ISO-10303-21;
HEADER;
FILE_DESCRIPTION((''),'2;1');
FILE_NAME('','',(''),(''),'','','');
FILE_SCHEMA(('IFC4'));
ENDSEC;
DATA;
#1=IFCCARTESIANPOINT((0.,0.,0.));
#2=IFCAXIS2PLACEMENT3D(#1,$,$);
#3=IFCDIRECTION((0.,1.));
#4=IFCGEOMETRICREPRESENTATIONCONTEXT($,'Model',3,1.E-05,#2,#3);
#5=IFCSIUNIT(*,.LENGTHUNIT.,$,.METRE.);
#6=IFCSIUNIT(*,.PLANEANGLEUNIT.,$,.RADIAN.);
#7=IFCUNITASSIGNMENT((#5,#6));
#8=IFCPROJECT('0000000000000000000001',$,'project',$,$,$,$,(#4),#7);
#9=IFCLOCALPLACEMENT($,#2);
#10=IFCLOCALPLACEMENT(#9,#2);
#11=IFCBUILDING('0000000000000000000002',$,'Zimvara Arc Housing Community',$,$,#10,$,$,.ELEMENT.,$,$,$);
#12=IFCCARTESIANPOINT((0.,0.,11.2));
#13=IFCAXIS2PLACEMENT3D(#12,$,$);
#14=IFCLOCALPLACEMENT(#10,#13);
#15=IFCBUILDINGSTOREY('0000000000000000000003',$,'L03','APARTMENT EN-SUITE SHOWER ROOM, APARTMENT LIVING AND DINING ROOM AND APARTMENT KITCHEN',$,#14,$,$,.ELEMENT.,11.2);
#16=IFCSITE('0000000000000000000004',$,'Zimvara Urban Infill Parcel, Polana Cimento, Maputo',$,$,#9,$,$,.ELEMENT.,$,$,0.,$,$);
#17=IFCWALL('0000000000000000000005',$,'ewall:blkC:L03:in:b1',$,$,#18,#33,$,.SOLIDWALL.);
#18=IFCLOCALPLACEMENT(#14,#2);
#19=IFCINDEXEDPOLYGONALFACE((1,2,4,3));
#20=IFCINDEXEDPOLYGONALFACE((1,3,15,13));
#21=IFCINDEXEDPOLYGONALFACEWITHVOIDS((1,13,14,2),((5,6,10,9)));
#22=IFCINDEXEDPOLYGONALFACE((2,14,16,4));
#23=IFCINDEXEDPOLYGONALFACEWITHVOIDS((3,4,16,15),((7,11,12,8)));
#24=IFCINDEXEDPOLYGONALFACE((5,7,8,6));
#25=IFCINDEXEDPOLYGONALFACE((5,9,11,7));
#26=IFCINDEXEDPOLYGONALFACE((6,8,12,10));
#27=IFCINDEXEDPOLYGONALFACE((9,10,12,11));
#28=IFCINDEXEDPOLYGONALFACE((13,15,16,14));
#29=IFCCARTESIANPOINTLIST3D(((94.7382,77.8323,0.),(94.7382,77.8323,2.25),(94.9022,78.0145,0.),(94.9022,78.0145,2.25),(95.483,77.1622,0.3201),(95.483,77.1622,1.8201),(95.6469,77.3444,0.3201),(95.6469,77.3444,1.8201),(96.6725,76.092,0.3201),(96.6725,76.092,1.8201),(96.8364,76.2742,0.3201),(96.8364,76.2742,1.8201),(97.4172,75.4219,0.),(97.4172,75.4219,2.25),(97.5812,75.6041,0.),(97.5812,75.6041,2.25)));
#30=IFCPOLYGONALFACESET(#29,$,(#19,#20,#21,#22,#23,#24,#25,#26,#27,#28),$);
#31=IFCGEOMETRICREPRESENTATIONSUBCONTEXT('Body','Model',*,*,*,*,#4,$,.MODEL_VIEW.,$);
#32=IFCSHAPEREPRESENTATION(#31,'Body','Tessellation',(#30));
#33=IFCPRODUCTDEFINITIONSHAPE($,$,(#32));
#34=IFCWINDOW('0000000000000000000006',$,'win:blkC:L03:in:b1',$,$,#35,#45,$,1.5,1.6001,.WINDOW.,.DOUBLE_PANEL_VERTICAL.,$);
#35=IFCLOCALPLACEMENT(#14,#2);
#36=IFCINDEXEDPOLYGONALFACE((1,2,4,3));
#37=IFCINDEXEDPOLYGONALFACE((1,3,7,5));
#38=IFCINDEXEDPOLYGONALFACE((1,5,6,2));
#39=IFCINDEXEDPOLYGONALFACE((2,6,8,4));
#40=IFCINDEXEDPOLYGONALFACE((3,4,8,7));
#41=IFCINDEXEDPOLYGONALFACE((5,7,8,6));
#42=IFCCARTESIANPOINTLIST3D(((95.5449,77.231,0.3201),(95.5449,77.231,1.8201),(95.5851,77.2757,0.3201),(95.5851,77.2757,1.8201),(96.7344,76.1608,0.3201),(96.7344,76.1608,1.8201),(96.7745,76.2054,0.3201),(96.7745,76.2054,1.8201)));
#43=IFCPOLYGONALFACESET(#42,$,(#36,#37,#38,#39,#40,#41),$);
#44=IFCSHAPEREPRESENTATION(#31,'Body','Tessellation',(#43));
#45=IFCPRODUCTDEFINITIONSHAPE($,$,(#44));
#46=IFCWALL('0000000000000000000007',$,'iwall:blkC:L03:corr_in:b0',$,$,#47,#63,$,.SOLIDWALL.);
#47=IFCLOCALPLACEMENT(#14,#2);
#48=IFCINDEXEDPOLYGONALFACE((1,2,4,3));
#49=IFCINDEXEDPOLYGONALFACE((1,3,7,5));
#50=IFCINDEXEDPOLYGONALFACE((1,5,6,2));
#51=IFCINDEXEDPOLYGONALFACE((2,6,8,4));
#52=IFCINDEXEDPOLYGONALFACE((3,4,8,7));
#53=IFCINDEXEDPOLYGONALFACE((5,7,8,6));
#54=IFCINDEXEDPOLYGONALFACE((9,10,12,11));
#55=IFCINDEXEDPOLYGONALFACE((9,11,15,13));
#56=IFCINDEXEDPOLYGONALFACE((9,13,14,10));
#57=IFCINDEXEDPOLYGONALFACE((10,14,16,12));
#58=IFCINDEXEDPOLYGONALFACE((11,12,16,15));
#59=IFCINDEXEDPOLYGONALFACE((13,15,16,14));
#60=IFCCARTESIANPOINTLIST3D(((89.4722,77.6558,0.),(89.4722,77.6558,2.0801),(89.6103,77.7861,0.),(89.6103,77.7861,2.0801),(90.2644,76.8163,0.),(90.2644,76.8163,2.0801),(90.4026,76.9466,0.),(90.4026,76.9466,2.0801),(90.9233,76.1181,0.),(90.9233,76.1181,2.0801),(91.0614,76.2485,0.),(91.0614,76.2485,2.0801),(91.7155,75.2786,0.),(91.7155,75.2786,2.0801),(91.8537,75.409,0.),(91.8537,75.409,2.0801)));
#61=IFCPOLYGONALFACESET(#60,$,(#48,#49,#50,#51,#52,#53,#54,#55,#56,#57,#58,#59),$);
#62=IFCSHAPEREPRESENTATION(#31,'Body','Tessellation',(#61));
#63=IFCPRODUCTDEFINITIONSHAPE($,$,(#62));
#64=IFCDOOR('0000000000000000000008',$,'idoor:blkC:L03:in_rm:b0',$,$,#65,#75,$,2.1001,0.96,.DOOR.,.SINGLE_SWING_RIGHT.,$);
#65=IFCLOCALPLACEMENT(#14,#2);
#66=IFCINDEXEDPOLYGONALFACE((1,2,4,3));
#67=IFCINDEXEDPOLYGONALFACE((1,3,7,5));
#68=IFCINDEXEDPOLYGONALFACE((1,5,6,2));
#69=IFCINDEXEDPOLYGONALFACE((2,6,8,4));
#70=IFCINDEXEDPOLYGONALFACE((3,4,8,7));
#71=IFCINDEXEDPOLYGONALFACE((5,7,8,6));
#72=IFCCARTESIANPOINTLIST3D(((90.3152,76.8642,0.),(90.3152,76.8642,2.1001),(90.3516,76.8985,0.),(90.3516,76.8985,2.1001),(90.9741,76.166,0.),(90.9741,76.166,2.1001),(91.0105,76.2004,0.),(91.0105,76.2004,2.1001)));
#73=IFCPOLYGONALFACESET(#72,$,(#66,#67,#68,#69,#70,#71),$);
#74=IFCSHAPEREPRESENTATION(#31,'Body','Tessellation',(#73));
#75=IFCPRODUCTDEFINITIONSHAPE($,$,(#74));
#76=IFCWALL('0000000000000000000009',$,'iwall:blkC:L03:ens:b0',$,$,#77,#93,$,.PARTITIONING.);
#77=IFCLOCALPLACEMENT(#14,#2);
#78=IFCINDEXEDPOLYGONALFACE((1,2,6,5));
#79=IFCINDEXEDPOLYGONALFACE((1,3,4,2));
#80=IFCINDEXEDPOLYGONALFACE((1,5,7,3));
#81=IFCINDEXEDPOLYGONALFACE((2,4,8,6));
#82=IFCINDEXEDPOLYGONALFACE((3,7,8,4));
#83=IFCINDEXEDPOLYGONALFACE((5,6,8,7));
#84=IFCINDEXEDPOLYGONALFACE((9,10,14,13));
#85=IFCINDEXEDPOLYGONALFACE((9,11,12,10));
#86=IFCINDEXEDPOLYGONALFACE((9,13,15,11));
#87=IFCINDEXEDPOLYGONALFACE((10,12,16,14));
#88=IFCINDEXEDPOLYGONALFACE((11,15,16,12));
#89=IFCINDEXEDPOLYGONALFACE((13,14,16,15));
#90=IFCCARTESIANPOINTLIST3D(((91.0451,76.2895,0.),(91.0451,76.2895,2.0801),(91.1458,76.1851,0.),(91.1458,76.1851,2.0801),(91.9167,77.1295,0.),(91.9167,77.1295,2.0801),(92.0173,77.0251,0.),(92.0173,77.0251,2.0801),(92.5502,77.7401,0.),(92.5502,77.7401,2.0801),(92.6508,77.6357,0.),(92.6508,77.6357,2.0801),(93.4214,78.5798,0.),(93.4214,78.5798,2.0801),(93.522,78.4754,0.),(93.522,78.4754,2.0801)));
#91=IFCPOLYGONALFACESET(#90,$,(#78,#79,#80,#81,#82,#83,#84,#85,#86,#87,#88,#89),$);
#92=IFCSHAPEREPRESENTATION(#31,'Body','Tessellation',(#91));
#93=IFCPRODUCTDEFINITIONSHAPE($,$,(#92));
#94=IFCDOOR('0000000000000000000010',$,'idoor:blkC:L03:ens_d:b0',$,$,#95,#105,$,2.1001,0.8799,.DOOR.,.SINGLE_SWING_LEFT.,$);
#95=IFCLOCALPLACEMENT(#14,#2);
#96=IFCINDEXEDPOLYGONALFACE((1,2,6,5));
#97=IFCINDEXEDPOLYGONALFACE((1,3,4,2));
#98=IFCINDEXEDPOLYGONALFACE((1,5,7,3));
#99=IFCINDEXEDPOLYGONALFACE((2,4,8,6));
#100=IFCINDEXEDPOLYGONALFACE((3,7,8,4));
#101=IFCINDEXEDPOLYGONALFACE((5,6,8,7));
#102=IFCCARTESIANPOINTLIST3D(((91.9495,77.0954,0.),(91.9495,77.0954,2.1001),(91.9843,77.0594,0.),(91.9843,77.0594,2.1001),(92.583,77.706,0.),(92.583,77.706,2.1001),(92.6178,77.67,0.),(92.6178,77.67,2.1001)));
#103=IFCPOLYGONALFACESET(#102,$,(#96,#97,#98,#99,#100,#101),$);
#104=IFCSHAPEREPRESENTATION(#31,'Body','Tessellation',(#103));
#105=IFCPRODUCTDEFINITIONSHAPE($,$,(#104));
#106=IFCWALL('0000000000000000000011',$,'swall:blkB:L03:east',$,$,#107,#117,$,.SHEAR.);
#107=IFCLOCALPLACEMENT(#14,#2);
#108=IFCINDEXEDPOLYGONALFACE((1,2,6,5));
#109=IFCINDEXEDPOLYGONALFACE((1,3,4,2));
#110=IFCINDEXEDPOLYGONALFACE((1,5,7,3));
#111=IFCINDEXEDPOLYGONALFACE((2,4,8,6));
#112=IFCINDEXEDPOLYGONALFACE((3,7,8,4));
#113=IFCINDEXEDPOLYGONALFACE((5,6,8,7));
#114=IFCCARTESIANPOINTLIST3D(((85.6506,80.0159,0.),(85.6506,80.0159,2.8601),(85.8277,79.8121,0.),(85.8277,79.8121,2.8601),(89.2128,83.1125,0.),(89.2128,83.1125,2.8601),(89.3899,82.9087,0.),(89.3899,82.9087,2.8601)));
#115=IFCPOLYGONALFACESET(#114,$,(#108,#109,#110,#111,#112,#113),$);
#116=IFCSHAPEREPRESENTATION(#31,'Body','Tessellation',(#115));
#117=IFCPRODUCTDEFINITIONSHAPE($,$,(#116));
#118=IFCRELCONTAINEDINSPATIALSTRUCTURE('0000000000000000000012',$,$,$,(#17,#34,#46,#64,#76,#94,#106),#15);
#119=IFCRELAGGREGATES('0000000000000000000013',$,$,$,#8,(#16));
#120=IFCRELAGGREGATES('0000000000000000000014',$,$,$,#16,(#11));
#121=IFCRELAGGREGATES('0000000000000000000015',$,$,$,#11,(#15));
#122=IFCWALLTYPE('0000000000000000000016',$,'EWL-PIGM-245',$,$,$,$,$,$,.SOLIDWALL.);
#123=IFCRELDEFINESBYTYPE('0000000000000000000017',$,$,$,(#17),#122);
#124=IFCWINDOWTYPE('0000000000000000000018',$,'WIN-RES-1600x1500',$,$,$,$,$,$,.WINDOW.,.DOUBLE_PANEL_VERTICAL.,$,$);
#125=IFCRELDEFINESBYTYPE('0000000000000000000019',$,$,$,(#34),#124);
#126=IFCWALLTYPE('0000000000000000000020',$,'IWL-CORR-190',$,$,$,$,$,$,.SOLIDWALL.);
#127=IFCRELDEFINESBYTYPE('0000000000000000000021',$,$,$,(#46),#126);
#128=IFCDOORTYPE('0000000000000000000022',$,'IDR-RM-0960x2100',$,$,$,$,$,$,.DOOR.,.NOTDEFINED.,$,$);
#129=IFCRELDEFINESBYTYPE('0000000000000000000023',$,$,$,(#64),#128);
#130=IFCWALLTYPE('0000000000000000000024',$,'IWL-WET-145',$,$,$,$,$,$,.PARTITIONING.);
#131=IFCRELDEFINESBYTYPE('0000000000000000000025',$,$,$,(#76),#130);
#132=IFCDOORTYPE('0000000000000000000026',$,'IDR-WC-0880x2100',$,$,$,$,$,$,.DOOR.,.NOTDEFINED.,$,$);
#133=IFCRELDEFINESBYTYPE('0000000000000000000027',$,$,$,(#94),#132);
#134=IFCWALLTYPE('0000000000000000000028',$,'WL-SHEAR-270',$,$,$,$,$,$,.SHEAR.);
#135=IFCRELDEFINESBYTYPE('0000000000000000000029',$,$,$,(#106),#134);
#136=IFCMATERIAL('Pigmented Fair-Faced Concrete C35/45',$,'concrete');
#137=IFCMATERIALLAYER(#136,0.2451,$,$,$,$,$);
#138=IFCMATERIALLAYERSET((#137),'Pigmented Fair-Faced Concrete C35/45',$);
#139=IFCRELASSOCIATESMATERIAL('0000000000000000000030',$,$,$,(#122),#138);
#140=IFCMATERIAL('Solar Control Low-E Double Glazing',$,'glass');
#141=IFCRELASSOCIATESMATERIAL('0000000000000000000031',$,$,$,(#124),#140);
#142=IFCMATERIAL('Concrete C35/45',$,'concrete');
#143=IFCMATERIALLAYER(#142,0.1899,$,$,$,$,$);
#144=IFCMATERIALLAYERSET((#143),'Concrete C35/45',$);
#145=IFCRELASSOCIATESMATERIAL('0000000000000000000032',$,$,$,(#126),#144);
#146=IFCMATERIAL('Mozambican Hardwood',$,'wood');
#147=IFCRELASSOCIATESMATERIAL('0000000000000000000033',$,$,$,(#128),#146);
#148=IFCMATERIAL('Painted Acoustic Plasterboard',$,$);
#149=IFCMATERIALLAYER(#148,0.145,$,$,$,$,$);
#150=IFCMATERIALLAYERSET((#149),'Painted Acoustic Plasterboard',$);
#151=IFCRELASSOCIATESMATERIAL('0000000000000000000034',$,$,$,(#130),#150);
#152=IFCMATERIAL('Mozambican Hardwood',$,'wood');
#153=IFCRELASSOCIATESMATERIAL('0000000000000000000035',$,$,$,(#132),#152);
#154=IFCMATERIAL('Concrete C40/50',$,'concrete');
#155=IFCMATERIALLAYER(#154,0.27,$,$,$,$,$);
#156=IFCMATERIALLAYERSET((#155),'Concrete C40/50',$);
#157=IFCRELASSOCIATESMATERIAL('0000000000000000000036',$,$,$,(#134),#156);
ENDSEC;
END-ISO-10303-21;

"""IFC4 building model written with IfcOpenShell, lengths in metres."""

from ifc_helpers import new_model, si_unit, direction, frame, frame_2d, origin, place, context, subcontext, project, spatial, rectangle, extrude, material, layer, layer_set, type_object, element, fill, save


model = new_model("IFC4")

# Units and contexts
model_context = context("Model", 3, precision=1e-05, world=origin(), true_north=direction((0.0, 1.0)))
body_context = subcontext(model_context, "Body", "Model", "MODEL_VIEW")
ifc_project = project(units=[si_unit("LENGTHUNIT", "METRE"), si_unit("PLANEANGLEUNIT", "RADIAN")], contexts=[model_context])

# Site, building, storey
site_placement = place(None, origin())
site = spatial("IfcSite", under=ifc_project, at=site_placement, Name="Zimvara Urban Infill Parcel, Polana Cimento, Maputo", CompositionType="ELEMENT", RefElevation=0.0)
building_placement = place(site_placement, origin())
building = spatial("IfcBuilding", under=site, at=building_placement, Name="Zimvara Arc Housing Community", CompositionType="ELEMENT")
storey_placement = place(building_placement, frame((0.0, 0.0, 11.2)))
storey = spatial("IfcBuildingStorey", under=building, at=storey_placement, Name="L03", Description="APARTMENT EN-SUITE SHOWER ROOM, APARTMENT LIVING AND DINING ROOM AND APARTMENT KITCHEN", CompositionType="ELEMENT", Elevation=11.2)

# Wall, opening, window
ifc_material_1 = material(Name="Pigmented Fair-Faced Concrete C35/45", Category="concrete")
ifc_layer_1 = layer(ifc_material_1, 0.2451)
ifc_layer_set_1 = layer_set([ifc_layer_1], Name="Pigmented Fair-Faced Concrete C35/45")
wall_type_1 = type_object("IfcWallType", Name="EWL-PIGM-245", PredefinedType="SOLIDWALL", material=ifc_layer_set_1)
wall_1_placement = place(storey_placement, frame((94.8203, 77.9233, 0.0), z_axis=(0.0, 0.0, 1.0), x_axis=(0.743385, -0.668864, 0.0)))
wall_1 = element("IfcWall", 1, at=wall_1_placement, inside=storey, type_object=wall_type_1, Name="ewall:blkC:L03:in:b1", PredefinedType="SOLIDWALL", context=body_context, shape_type="SweptSolid", body=[
    extrude(rectangle(XDim=3.6038, YDim=0.2451, at=frame_2d((1.8018, 0.0))), origin(), (0.0, 0.0, 1.0), 2.25),
])
opening_1_placement = place(wall_1_placement, frame((1.0017, 0.0, 0.3201)))
opening_1 = element("IfcOpeningElement", 2, at=opening_1_placement, cuts=wall_1, PredefinedType="OPENING", context=body_context, shape_type="SweptSolid", body=[
    extrude(rectangle(XDim=1.6001, YDim=1.5, at=frame_2d((0.8, 0.75))), frame((0.0, 0.1326, 0.0), z_axis=(0.0, -1.0, 0.0), x_axis=(1.0, 0.0, 0.0)), (0.0, 0.0, 1.0), 0.2651),
])
ifc_material_2 = material(Name="Solar Control Low-E Double Glazing", Category="glass")
window_type_1 = type_object("IfcWindowType", Name="WIN-RES-1600x1500", PartitioningType="DOUBLE_PANEL_VERTICAL", PredefinedType="WINDOW", material=ifc_material_2)
window_1_placement = place(opening_1_placement, origin())
window_1 = element("IfcWindow", 3, at=window_1_placement, inside=storey, type_object=window_type_1, Name="win:blkC:L03:in:b1", OverallHeight=1.5, OverallWidth=1.6001, PartitioningType="DOUBLE_PANEL_VERTICAL", PredefinedType="WINDOW", context=body_context, shape_type="SweptSolid", body=[
    extrude(rectangle(XDim=1.6001, YDim=1.5, at=frame_2d((0.8, 0.75))), frame((0.0, 0.03, 0.0), z_axis=(0.0, -1.0, 0.0), x_axis=(1.0, 0.0, 0.0)), (0.0, 0.0, 1.0), 0.0601),
])
fill(opening_1, window_1)

# Walls, openings, doors
ifc_material_3 = material(Name="Concrete C35/45", Category="concrete")
ifc_layer_2 = layer(ifc_material_3, 0.1899)
ifc_layer_set_2 = layer_set([ifc_layer_2], Name="Concrete C35/45")
wall_type_2 = type_object("IfcWallType", Name="IWL-CORR-190", PredefinedType="SOLIDWALL", material=ifc_layer_set_2)
wall_2_placement = place(storey_placement, frame((89.5413, 77.7209, 0.0), z_axis=(0.0, 0.0, 1.0), x_axis=(0.686345, -0.727276, 0.0)))
wall_2 = element("IfcWall", 4, at=wall_2_placement, inside=storey, type_object=wall_type_2, Name="iwall:blkC:L03:corr_in:b0", PredefinedType="SOLIDWALL", context=body_context, shape_type="SweptSolid", body=[
    extrude(rectangle(XDim=3.2686, YDim=0.1899, at=frame_2d((1.6343, 0.0))), origin(), (0.0, 0.0, 1.0), 2.0801),
])
opening_2_placement = place(wall_2_placement, frame((1.1543, 0.0, 0.0)))
opening_2 = element("IfcOpeningElement", 5, at=opening_2_placement, cuts=wall_2, PredefinedType="OPENING", context=body_context, shape_type="SweptSolid", body=[
    extrude(rectangle(XDim=0.96, YDim=2.1001, at=frame_2d((0.48, 1.05))), frame((0.0, 0.105, 0.0), z_axis=(0.0, -1.0, 0.0), x_axis=(1.0, 0.0, 0.0)), (0.0, 0.0, 1.0), 0.21),
])
ifc_material_4 = material(Name="Mozambican Hardwood", Category="wood")
door_type_1 = type_object("IfcDoorType", Name="IDR-RM-0960x2100", OperationType="NOTDEFINED", PredefinedType="DOOR", material=ifc_material_4)
door_1_placement = place(opening_2_placement, origin())
door_1 = element("IfcDoor", 6, at=door_1_placement, inside=storey, type_object=door_type_1, Name="idoor:blkC:L03:in_rm:b0", OperationType="SINGLE_SWING_RIGHT", OverallHeight=2.1001, OverallWidth=0.96, PredefinedType="DOOR", context=body_context, shape_type="SweptSolid", body=[
    extrude(rectangle(XDim=0.96, YDim=2.1001, at=frame_2d((0.48, 1.05))), frame((0.0, 0.0249, 0.0), z_axis=(0.0, -1.0, 0.0), x_axis=(1.0, 0.0, 0.0)), (0.0, 0.0, 1.0), 0.05),
])
fill(opening_2, door_1)
ifc_material_5 = material(Name="Painted Acoustic Plasterboard")
ifc_layer_3 = layer(ifc_material_5, 0.145)
ifc_layer_set_3 = layer_set([ifc_layer_3], Name="Painted Acoustic Plasterboard")
wall_type_3 = type_object("IfcWallType", Name="IWL-WET-145", PredefinedType="PARTITIONING", material=ifc_layer_set_3)
wall_3_placement = place(storey_placement, frame((93.4717, 78.5276, 0.0), z_axis=(0.0, 0.0, 1.0), x_axis=(-0.720007, -0.693967, 0.0)))
wall_3 = element("IfcWall", 7, at=wall_3_placement, inside=storey, type_object=wall_type_3, Name="iwall:blkC:L03:ens:b0", PredefinedType="PARTITIONING", context=body_context, shape_type="SweptSolid", body=[
    extrude(rectangle(XDim=3.3003, YDim=0.145, at=frame_2d((1.6501, 0.0))), origin(), (0.0, 0.0, 1.0), 2.0801),
])
opening_3_placement = place(wall_3_placement, frame((1.21, 0.0, 0.0)))
opening_3 = element("IfcOpeningElement", 8, at=opening_3_placement, cuts=wall_3, PredefinedType="OPENING", context=body_context, shape_type="SweptSolid", body=[
    extrude(rectangle(XDim=0.8799, YDim=2.1001, at=frame_2d((0.4399, 1.05))), frame((0.0, 0.0825, 0.0), z_axis=(0.0, -1.0, 0.0), x_axis=(1.0, 0.0, 0.0)), (0.0, 0.0, 1.0), 0.165),
])
ifc_material_6 = material(Name="Mozambican Hardwood", Category="wood")
door_type_2 = type_object("IfcDoorType", Name="IDR-WC-0880x2100", OperationType="NOTDEFINED", PredefinedType="DOOR", material=ifc_material_6)
door_2_placement = place(opening_3_placement, origin())
door_2 = element("IfcDoor", 9, at=door_2_placement, inside=storey, type_object=door_type_2, Name="idoor:blkC:L03:ens_d:b0", OperationType="SINGLE_SWING_LEFT", OverallHeight=2.1001, OverallWidth=0.8799, PredefinedType="DOOR", context=body_context, shape_type="SweptSolid", body=[
    extrude(rectangle(XDim=0.8799, YDim=2.1001, at=frame_2d((0.4399, 1.05))), frame((0.0, 0.0249, 0.0), z_axis=(0.0, -1.0, 0.0), x_axis=(1.0, 0.0, 0.0)), (0.0, 0.0, 1.0), 0.05),
])
fill(opening_3, door_2)

# Wall
ifc_material_7 = material(Name="Concrete C40/50", Category="concrete")
ifc_layer_4 = layer(ifc_material_7, 0.27)
ifc_layer_set_4 = layer_set([ifc_layer_4], Name="Concrete C40/50")
wall_type_4 = type_object("IfcWallType", Name="WL-SHEAR-270", PredefinedType="SHEAR", material=ifc_layer_set_4)
wall_4_placement = place(storey_placement, frame((85.7393, 79.9141, 0.0), z_axis=(0.0, 0.0, 1.0), x_axis=(0.754704, 0.656066, 0.0)))
element("IfcWall", 10, at=wall_4_placement, inside=storey, type_object=wall_type_4, Name="swall:blkB:L03:east", PredefinedType="SHEAR", context=body_context, shape_type="SweptSolid", body=[
    extrude(rectangle(XDim=4.72, YDim=0.27, at=frame_2d((2.3599, 0.0))), origin(), (0.0, 0.0, 1.0), 2.8601),
])

save(model, "model.ifc")
